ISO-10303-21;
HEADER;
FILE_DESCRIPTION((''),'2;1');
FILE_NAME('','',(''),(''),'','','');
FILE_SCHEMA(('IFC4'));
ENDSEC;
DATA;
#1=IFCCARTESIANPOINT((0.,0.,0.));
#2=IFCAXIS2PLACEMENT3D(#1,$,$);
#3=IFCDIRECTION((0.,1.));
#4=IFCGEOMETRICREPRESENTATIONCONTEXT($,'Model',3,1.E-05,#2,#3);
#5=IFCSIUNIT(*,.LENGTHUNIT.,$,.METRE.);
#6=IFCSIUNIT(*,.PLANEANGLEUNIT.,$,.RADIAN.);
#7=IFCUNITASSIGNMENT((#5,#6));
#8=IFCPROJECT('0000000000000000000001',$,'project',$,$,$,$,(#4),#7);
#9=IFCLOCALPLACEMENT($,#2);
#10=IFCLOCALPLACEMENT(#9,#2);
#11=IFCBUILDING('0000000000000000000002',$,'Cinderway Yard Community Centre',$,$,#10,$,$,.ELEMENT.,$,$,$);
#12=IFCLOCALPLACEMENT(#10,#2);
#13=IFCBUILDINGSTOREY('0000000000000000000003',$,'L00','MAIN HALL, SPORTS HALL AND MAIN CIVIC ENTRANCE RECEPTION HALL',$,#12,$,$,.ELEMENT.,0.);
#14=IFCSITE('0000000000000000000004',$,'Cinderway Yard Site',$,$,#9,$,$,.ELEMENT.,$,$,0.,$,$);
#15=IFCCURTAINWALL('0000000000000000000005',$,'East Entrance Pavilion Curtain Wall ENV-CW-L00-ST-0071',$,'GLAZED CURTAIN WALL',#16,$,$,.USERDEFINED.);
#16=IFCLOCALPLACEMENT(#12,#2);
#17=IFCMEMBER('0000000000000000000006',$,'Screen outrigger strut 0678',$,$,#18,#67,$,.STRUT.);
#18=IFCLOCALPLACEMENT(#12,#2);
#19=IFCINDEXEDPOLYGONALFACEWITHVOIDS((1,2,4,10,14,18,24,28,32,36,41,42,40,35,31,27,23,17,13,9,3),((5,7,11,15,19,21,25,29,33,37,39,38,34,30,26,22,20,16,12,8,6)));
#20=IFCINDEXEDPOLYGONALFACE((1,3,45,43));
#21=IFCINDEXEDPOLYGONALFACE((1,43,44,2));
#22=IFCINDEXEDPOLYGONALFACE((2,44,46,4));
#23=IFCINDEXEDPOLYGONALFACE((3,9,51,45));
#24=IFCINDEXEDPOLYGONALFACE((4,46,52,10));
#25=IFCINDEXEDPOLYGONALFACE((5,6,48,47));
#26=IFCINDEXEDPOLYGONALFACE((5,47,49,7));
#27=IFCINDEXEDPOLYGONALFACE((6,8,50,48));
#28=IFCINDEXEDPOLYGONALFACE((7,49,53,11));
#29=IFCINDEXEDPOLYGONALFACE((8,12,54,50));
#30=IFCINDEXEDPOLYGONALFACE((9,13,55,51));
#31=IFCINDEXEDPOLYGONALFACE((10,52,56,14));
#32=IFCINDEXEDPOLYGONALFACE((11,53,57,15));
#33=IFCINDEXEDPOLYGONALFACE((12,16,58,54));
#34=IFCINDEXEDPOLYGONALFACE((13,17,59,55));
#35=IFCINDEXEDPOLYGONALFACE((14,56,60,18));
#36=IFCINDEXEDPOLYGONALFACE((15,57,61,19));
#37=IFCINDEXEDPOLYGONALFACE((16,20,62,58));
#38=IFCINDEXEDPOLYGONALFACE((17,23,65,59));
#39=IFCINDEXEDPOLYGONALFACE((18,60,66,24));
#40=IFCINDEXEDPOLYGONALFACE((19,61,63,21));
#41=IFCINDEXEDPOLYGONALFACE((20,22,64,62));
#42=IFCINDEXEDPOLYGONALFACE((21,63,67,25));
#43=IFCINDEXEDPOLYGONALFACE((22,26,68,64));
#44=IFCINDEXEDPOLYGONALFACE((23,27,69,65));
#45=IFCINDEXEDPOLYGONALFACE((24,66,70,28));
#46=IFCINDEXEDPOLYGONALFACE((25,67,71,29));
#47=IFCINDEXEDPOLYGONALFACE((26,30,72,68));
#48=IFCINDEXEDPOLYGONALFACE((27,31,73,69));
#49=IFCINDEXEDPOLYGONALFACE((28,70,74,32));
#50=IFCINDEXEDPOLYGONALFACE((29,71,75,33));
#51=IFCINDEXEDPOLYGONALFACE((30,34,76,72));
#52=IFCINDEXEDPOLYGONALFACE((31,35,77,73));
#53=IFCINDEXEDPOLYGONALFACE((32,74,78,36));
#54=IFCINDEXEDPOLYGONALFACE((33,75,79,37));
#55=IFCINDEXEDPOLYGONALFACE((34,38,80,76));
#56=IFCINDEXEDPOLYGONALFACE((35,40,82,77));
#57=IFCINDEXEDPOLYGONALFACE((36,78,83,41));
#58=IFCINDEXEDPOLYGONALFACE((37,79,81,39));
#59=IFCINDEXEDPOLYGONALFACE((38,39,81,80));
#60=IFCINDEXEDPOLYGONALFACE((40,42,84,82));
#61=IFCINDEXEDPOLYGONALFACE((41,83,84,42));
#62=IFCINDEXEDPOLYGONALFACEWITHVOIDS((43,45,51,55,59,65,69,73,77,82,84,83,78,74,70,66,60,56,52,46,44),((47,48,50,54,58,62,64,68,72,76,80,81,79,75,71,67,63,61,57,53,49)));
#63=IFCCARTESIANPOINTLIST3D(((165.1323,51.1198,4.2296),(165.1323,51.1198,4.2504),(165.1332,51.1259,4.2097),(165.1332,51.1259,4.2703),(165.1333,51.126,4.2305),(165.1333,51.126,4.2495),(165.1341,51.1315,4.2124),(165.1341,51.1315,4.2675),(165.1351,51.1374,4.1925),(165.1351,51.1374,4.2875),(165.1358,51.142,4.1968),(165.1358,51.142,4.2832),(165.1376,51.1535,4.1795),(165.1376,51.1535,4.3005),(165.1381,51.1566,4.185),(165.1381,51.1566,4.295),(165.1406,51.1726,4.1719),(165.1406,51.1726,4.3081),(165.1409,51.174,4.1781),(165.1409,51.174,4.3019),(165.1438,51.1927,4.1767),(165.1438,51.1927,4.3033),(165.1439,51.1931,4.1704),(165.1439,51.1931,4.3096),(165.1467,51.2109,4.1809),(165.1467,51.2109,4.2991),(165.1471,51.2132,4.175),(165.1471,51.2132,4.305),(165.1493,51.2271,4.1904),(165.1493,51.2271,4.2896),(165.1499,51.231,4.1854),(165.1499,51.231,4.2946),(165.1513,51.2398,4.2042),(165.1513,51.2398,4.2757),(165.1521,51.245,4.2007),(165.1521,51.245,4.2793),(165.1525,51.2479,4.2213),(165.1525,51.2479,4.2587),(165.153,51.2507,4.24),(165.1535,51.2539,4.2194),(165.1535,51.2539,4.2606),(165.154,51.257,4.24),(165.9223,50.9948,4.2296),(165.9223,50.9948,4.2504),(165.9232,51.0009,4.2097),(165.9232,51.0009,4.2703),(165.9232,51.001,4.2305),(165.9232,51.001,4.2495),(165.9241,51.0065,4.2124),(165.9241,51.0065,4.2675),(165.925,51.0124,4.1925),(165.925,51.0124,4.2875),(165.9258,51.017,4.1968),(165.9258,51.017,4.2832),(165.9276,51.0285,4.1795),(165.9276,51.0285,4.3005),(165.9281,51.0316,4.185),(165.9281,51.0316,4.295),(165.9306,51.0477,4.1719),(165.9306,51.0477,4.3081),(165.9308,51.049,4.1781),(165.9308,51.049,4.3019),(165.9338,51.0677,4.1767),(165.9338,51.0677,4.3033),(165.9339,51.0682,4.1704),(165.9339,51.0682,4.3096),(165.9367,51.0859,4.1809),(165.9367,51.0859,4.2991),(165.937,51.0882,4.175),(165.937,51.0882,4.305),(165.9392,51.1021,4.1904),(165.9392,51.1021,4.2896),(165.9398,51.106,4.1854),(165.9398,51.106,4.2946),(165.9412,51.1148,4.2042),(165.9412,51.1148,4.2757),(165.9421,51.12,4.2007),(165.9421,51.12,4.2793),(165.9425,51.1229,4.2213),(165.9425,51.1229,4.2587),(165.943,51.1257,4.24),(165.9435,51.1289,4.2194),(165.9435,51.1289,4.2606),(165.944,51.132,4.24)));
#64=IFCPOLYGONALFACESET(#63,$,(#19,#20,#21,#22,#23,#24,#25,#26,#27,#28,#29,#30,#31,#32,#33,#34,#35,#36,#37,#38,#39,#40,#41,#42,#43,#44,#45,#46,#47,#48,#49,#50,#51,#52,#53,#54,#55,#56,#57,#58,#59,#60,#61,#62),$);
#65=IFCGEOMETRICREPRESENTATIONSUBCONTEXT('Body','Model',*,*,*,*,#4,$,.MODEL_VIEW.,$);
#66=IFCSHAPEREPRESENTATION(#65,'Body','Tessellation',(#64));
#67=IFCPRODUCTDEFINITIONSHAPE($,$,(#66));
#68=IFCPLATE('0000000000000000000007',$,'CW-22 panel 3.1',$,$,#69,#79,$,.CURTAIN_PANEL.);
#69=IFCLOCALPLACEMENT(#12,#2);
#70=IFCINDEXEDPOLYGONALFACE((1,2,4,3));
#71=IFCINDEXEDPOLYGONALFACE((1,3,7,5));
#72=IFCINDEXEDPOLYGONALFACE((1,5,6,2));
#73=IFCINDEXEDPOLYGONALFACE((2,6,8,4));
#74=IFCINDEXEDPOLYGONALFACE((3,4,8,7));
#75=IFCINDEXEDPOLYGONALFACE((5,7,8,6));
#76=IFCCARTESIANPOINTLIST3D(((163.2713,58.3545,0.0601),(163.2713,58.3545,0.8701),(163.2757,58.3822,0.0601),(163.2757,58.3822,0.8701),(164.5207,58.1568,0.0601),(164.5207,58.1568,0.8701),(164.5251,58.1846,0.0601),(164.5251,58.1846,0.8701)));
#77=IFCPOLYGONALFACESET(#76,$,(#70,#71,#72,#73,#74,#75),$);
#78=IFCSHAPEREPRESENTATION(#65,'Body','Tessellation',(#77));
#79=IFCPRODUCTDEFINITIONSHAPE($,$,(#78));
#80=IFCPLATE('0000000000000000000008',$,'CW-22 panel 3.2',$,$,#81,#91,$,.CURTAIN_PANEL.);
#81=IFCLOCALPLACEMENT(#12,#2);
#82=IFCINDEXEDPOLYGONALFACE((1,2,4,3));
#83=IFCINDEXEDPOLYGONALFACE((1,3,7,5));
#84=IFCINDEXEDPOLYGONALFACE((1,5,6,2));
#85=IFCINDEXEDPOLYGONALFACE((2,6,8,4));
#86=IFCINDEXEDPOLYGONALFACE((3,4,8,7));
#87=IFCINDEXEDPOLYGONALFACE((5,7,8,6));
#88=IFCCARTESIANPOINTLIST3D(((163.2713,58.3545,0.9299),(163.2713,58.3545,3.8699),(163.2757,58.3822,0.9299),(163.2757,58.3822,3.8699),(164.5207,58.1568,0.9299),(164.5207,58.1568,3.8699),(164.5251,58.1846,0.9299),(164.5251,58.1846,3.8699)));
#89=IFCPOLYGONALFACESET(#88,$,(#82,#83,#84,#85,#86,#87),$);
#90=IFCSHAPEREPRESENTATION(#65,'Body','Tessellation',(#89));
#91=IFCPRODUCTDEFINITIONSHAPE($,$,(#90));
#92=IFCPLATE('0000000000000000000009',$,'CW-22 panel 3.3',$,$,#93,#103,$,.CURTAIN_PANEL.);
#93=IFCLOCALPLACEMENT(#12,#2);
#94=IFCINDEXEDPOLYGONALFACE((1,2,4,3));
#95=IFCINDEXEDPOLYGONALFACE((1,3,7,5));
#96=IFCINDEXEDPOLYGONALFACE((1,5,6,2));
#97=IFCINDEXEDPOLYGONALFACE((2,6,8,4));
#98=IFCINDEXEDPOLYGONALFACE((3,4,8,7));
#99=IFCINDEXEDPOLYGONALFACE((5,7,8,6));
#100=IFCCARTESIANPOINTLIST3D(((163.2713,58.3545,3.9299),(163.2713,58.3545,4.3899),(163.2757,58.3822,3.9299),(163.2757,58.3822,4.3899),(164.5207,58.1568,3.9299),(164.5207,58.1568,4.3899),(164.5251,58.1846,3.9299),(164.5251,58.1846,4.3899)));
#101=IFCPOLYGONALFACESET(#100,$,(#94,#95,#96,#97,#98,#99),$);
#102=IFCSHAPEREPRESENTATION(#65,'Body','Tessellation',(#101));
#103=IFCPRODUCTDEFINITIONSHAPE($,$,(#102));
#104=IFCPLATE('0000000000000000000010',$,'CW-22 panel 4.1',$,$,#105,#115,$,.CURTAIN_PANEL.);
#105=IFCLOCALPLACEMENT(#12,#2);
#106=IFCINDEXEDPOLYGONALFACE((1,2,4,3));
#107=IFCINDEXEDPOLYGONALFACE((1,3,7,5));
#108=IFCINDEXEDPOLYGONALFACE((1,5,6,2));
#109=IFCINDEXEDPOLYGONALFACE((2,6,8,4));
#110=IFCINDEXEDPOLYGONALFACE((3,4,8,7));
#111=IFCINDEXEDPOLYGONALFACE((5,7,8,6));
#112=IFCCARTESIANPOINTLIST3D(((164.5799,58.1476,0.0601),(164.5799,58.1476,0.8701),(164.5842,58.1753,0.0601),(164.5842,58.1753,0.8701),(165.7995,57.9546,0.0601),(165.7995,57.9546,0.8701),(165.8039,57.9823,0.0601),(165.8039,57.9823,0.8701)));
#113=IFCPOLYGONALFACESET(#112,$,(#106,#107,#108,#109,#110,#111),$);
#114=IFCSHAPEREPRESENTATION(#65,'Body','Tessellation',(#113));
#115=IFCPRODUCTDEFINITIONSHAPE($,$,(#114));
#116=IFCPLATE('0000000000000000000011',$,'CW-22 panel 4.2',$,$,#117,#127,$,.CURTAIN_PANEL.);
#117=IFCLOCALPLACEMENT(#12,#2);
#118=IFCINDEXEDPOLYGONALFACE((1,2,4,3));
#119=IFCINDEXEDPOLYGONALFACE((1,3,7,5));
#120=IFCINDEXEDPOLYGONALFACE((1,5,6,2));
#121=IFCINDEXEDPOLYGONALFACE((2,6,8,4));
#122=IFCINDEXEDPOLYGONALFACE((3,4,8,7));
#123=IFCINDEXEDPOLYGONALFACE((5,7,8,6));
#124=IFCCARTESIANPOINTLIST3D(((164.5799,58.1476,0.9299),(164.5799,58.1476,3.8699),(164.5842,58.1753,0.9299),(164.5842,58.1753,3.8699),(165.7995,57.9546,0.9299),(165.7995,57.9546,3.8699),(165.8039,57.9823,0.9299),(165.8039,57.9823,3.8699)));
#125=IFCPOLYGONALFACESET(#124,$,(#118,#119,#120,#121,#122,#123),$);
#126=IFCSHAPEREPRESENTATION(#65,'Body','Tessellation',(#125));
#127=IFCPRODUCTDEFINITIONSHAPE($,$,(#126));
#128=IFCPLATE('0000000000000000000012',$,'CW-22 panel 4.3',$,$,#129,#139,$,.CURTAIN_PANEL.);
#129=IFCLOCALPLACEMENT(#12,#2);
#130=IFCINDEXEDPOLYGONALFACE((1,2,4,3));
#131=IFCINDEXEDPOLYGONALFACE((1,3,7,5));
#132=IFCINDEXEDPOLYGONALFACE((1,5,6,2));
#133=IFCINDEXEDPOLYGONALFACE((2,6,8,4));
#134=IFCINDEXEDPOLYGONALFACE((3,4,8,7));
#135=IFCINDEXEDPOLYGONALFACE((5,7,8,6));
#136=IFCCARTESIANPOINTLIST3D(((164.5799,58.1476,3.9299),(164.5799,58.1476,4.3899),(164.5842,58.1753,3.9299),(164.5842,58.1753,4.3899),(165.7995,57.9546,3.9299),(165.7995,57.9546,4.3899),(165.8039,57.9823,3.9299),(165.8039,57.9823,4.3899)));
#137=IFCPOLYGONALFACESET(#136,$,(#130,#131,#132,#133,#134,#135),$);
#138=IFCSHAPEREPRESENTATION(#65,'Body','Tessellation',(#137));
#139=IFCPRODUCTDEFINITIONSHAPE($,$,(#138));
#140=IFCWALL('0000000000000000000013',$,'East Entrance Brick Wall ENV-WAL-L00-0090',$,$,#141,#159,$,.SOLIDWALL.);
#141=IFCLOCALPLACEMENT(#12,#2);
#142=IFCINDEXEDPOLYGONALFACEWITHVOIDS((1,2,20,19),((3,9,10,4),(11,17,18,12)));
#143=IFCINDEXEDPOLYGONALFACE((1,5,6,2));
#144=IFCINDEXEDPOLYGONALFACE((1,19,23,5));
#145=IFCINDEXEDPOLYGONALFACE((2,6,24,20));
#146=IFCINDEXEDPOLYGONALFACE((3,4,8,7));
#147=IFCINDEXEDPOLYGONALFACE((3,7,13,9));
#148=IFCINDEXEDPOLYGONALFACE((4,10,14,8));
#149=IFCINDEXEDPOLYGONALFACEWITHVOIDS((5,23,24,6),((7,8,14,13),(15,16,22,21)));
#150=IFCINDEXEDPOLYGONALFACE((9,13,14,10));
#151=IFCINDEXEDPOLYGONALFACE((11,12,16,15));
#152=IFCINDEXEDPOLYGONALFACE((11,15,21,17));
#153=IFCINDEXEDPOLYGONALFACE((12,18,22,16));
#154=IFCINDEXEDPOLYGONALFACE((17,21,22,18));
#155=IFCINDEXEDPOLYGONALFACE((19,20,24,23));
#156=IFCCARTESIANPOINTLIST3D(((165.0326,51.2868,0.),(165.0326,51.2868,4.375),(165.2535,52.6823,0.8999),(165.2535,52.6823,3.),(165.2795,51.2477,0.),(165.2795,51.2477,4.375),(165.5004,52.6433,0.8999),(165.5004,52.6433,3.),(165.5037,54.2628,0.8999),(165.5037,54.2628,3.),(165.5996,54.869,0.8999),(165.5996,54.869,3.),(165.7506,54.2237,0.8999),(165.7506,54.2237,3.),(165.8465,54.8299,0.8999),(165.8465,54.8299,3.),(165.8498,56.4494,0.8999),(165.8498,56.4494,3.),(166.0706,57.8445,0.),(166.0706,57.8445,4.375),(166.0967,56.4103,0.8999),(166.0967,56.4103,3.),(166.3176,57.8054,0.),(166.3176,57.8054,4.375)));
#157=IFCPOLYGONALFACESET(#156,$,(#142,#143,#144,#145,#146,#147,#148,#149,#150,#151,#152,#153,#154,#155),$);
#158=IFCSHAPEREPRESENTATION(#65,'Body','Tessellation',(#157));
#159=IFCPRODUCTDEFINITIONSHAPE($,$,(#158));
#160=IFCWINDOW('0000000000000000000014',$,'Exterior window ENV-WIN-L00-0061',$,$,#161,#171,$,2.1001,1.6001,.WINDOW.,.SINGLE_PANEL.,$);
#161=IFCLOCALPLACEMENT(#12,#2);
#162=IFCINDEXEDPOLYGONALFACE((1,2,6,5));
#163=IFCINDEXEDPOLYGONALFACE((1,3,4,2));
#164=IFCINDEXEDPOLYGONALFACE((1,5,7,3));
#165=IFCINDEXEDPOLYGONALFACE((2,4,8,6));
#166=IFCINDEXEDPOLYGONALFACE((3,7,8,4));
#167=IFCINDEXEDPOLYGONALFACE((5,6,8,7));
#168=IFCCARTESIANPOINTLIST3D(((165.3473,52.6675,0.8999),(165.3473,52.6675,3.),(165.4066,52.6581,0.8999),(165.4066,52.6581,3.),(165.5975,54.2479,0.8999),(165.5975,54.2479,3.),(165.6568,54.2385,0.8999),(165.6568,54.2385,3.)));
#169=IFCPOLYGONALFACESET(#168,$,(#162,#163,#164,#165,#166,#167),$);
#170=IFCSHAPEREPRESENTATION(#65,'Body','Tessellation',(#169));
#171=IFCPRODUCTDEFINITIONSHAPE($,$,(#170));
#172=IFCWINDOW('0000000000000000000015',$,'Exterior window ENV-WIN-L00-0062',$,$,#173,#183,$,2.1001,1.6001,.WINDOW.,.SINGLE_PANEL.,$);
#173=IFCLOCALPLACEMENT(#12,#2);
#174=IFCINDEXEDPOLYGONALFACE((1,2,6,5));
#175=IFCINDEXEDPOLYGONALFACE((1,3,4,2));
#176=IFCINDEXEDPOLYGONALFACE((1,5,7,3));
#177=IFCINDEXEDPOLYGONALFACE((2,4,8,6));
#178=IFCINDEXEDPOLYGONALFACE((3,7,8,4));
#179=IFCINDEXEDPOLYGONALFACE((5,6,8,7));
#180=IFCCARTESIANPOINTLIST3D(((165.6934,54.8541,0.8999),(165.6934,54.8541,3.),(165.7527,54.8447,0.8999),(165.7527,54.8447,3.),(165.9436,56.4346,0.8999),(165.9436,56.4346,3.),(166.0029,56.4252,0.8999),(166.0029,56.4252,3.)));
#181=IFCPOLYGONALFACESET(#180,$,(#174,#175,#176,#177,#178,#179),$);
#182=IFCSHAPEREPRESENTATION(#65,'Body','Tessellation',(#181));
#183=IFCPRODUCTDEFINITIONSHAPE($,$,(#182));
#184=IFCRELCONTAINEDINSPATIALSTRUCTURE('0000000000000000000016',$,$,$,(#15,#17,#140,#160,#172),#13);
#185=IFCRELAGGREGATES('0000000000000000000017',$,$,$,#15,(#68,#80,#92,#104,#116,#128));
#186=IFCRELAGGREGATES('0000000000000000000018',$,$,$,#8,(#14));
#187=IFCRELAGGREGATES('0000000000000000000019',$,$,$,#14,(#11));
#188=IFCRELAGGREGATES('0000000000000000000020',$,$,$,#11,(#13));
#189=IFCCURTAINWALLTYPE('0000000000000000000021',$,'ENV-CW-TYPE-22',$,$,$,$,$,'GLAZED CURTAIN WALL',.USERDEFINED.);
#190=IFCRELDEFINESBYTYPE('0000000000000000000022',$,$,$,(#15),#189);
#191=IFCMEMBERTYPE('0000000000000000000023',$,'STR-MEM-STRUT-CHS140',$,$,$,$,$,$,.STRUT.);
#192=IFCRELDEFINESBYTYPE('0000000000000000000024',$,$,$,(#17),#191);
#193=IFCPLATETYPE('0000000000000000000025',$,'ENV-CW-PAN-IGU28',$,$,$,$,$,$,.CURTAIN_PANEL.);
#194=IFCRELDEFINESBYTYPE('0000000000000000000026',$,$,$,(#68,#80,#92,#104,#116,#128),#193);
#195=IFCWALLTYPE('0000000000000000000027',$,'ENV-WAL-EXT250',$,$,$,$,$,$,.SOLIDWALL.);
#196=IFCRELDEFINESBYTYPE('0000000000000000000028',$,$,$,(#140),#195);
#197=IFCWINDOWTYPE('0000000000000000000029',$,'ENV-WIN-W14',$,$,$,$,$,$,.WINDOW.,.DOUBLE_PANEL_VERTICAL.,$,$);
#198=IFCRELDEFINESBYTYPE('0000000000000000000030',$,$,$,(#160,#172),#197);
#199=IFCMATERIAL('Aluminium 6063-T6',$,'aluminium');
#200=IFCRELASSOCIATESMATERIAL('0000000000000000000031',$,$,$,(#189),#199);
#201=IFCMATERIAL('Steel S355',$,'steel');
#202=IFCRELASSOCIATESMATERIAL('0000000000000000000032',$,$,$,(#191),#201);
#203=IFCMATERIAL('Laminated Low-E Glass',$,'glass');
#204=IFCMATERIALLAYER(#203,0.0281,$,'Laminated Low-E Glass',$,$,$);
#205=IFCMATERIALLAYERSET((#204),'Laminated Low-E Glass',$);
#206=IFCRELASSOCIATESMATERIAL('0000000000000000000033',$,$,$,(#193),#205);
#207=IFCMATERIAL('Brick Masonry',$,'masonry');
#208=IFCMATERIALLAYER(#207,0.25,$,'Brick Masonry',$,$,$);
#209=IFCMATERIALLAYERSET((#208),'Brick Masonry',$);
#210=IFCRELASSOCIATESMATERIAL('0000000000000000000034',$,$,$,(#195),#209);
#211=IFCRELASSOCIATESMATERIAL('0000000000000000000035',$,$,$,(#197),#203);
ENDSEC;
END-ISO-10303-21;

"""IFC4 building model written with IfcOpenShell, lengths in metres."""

from ifc_helpers import new_model, si_unit, direction, frame, frame_2d, origin, origin_2d, place, context, subcontext, project, spatial, rectangle, hollow_circle, extrude, material, layer, layer_set, material_profile, profile_set, type_object, element, fill, aggregate, save


model = new_model("IFC4")

# Units and contexts
model_context = context("Model", 3, precision=1e-05, world=origin(), true_north=direction((0.0, 1.0)))
body_context = subcontext(model_context, "Body", "Model", "MODEL_VIEW")
ifc_project = project(units=[si_unit("LENGTHUNIT", "METRE"), si_unit("PLANEANGLEUNIT", "RADIAN")], contexts=[model_context])

# Site, building, storey
site_placement = place(None, origin())
site = spatial("IfcSite", under=ifc_project, at=site_placement, Name="Cinderway Yard Site", CompositionType="ELEMENT", RefElevation=0.0)
building_placement = place(site_placement, origin())
building = spatial("IfcBuilding", under=site, at=building_placement, Name="Cinderway Yard Community Centre", CompositionType="ELEMENT")
storey_placement = place(building_placement, origin())
storey = spatial("IfcBuildingStorey", under=building, at=storey_placement, Name="L00", Description="MAIN HALL, SPORTS HALL AND MAIN CIVIC ENTRANCE RECEPTION HALL", CompositionType="ELEMENT", Elevation=0.0)

# Curtain wall
ifc_material_1 = material(Name="Aluminium 6063-T6", Category="aluminium")
curtain_wall_type = type_object("IfcCurtainWallType", Name="ENV-CW-TYPE-22", ElementType="GLAZED CURTAIN WALL", PredefinedType="USERDEFINED", material=ifc_material_1)
curtain_wall_placement = place(storey_placement, origin())
curtain_wall = element("IfcCurtainWall", 1, at=curtain_wall_placement, inside=storey, type_object=curtain_wall_type, Name="East Entrance Pavilion Curtain Wall ENV-CW-L00-ST-0071", ObjectType="GLAZED CURTAIN WALL", PredefinedType="USERDEFINED")

# Member
ifc_material_2 = material(Name="Steel S355", Category="steel")
ifc_material_profile_1 = material_profile(ifc_material_2, hollow_circle(Radius=0.0698, WallThickness=0.0063, at=origin_2d()), Name="Steel S355")
ifc_profile_set_1 = profile_set([ifc_material_profile_1], Name="Steel S355")
member_type_1 = type_object("IfcMemberType", Name="STR-MEM-STRUT-CHS140", PredefinedType="STRUT", material=ifc_profile_set_1)
member_1_placement = place(storey_placement, frame((165.1431, 51.188, 4.24), z_axis=(0.987713, -0.156276, 0.0), x_axis=(0.156276, 0.987713, 0.0)))
element("IfcMember", 2, at=member_1_placement, inside=storey, type_object=member_type_1, Name="Screen outrigger strut 0678", PredefinedType="STRUT", context=body_context, shape_type="SweptSolid", body=[
    extrude(hollow_circle(Radius=0.0698, WallThickness=0.0063, at=origin_2d()), origin(), (0.0, 0.0, 1.0), 0.7998),
])

# Plates
ifc_material_3 = material(Name="Laminated Low-E Glass", Category="glass")
ifc_layer_1 = layer(ifc_material_3, 0.0281, Name="Laminated Low-E Glass")
ifc_layer_set_1 = layer_set([ifc_layer_1], Name="Laminated Low-E Glass")
plate_type = type_object("IfcPlateType", Name="ENV-CW-PAN-IGU28", PredefinedType="CURTAIN_PANEL", material=ifc_layer_set_1)
plate_1_placement = place(storey_placement, frame((163.8982, 58.2695, 0.0601), z_axis=(0.0, 0.0, 1.0), x_axis=(0.987717, -0.156253, 0.0)))
plate_1 = element("IfcPlate", 3, at=plate_1_placement, type_object=plate_type, Name="CW-22 panel 3.1", PredefinedType="CURTAIN_PANEL", context=body_context, shape_type="SweptSolid", body=[
    extrude(rectangle(XDim=1.2649, YDim=0.0281, at=origin_2d()), origin(), (0.0, 0.0, 1.0), 0.8101),
])
plate_2_placement = place(storey_placement, frame((163.8982, 58.2695, 0.9299), z_axis=(0.0, 0.0, 1.0), x_axis=(0.987717, -0.156253, 0.0)))
plate_2 = element("IfcPlate", 4, at=plate_2_placement, type_object=plate_type, Name="CW-22 panel 3.2", PredefinedType="CURTAIN_PANEL", context=body_context, shape_type="SweptSolid", body=[
    extrude(rectangle(XDim=1.2649, YDim=0.0281, at=origin_2d()), origin(), (0.0, 0.0, 1.0), 2.9399),
])
plate_3_placement = place(storey_placement, frame((163.8982, 58.2695, 3.9299), z_axis=(0.0, 0.0, 1.0), x_axis=(0.987717, -0.156253, 0.0)))
plate_3 = element("IfcPlate", 5, at=plate_3_placement, type_object=plate_type, Name="CW-22 panel 3.3", PredefinedType="CURTAIN_PANEL", context=body_context, shape_type="SweptSolid", body=[
    extrude(rectangle(XDim=1.2649, YDim=0.0281, at=origin_2d()), origin(), (0.0, 0.0, 1.0), 0.46),
])
plate_4_placement = place(storey_placement, frame((165.1919, 58.0649, 0.0601), z_axis=(0.0, 0.0, 1.0), x_axis=(0.987717, -0.156253, 0.0)))
plate_4 = element("IfcPlate", 6, at=plate_4_placement, type_object=plate_type, Name="CW-22 panel 4.1", PredefinedType="CURTAIN_PANEL", context=body_context, shape_type="SweptSolid", body=[
    extrude(rectangle(XDim=1.2349, YDim=0.0281, at=origin_2d()), origin(), (0.0, 0.0, 1.0), 0.8101),
])
plate_5_placement = place(storey_placement, frame((165.1919, 58.0649, 0.9299), z_axis=(0.0, 0.0, 1.0), x_axis=(0.987717, -0.156253, 0.0)))
plate_5 = element("IfcPlate", 7, at=plate_5_placement, type_object=plate_type, Name="CW-22 panel 4.2", PredefinedType="CURTAIN_PANEL", context=body_context, shape_type="SweptSolid", body=[
    extrude(rectangle(XDim=1.2349, YDim=0.0281, at=origin_2d()), origin(), (0.0, 0.0, 1.0), 2.9399),
])
plate_6_placement = place(storey_placement, frame((165.1919, 58.0649, 3.9299), z_axis=(0.0, 0.0, 1.0), x_axis=(0.987717, -0.156253, 0.0)))
plate_6 = element("IfcPlate", 8, at=plate_6_placement, type_object=plate_type, Name="CW-22 panel 4.3", PredefinedType="CURTAIN_PANEL", context=body_context, shape_type="SweptSolid", body=[
    extrude(rectangle(XDim=1.2349, YDim=0.0281, at=origin_2d()), origin(), (0.0, 0.0, 1.0), 0.46),
])
aggregate(curtain_wall, [plate_1, plate_2, plate_3, plate_4, plate_5, plate_6])

# Wall, openings, windows
ifc_material_4 = material(Name="Brick Masonry", Category="masonry")
ifc_layer_2 = layer(ifc_material_4, 0.25, Name="Brick Masonry")
ifc_layer_set_2 = layer_set([ifc_layer_2], Name="Brick Masonry")
wall_type = type_object("IfcWallType", Name="ENV-WAL-EXT250", PredefinedType="SOLIDWALL", material=ifc_layer_set_2)
wall_placement = place(storey_placement, frame((165.156, 51.2671, 0.0), z_axis=(0.0, 0.0, 1.0), x_axis=(0.15635, 0.987702, 0.0)))
wall = element("IfcWall", 9, at=wall_placement, inside=storey, type_object=wall_type, Name="East Entrance Brick Wall ENV-WAL-L00-0090", PredefinedType="SOLIDWALL", context=body_context, shape_type="SweptSolid", body=[
    extrude(rectangle(XDim=6.6394, YDim=0.25, at=frame_2d((3.3198, 0.0))), origin(), (0.0, 0.0, 1.0), 4.375),
])
opening_1_placement = place(wall_placement, frame((1.4131, 0.0, 0.8999)))
opening_1 = element("IfcOpeningElement", 10, at=opening_1_placement, cuts=wall, PredefinedType="OPENING", context=body_context, shape_type="SweptSolid", body=[
    extrude(rectangle(XDim=1.6001, YDim=2.1001, at=frame_2d((0.8, 1.05))), frame((0.0, 0.135, 0.0), z_axis=(0.0, -1.0, 0.0), x_axis=(1.0, 0.0, 0.0)), (0.0, 0.0, 1.0), 0.27),
])
opening_2_placement = place(wall_placement, frame((3.627, 0.0, 0.8999)))
opening_2 = element("IfcOpeningElement", 11, at=opening_2_placement, cuts=wall, PredefinedType="OPENING", context=body_context, shape_type="SweptSolid", body=[
    extrude(rectangle(XDim=1.6001, YDim=2.1001, at=frame_2d((0.8, 1.05))), frame((0.0, 0.135, 0.0), z_axis=(0.0, -1.0, 0.0), x_axis=(1.0, 0.0, 0.0)), (0.0, 0.0, 1.0), 0.27),
])
window_type = type_object("IfcWindowType", Name="ENV-WIN-W14", PartitioningType="DOUBLE_PANEL_VERTICAL", PredefinedType="WINDOW", material=ifc_material_3)
window_1_placement = place(opening_1_placement, origin())
window_1 = element("IfcWindow", 12, at=window_1_placement, inside=storey, type_object=window_type, Name="Exterior window ENV-WIN-L00-0061", OverallHeight=2.1001, OverallWidth=1.6001, PartitioningType="SINGLE_PANEL", PredefinedType="WINDOW", context=body_context, shape_type="SweptSolid", body=[
    extrude(rectangle(XDim=1.6001, YDim=2.1001, at=frame_2d((0.8, 1.05))), frame((0.0, 0.03, 0.0), z_axis=(0.0, -1.0, 0.0), x_axis=(1.0, 0.0, 0.0)), (0.0, 0.0, 1.0), 0.0601),
])
fill(opening_1, window_1)
window_2_placement = place(opening_2_placement, origin())
window_2 = element("IfcWindow", 13, at=window_2_placement, inside=storey, type_object=window_type, Name="Exterior window ENV-WIN-L00-0062", OverallHeight=2.1001, OverallWidth=1.6001, PartitioningType="SINGLE_PANEL", PredefinedType="WINDOW", context=body_context, shape_type="SweptSolid", body=[
    extrude(rectangle(XDim=1.6001, YDim=2.1001, at=frame_2d((0.8, 1.05))), frame((0.0, 0.03, 0.0), z_axis=(0.0, -1.0, 0.0), x_axis=(1.0, 0.0, 0.0)), (0.0, 0.0, 1.0), 0.0601),
])
fill(opening_2, window_2)

save(model, "model.ifc")
